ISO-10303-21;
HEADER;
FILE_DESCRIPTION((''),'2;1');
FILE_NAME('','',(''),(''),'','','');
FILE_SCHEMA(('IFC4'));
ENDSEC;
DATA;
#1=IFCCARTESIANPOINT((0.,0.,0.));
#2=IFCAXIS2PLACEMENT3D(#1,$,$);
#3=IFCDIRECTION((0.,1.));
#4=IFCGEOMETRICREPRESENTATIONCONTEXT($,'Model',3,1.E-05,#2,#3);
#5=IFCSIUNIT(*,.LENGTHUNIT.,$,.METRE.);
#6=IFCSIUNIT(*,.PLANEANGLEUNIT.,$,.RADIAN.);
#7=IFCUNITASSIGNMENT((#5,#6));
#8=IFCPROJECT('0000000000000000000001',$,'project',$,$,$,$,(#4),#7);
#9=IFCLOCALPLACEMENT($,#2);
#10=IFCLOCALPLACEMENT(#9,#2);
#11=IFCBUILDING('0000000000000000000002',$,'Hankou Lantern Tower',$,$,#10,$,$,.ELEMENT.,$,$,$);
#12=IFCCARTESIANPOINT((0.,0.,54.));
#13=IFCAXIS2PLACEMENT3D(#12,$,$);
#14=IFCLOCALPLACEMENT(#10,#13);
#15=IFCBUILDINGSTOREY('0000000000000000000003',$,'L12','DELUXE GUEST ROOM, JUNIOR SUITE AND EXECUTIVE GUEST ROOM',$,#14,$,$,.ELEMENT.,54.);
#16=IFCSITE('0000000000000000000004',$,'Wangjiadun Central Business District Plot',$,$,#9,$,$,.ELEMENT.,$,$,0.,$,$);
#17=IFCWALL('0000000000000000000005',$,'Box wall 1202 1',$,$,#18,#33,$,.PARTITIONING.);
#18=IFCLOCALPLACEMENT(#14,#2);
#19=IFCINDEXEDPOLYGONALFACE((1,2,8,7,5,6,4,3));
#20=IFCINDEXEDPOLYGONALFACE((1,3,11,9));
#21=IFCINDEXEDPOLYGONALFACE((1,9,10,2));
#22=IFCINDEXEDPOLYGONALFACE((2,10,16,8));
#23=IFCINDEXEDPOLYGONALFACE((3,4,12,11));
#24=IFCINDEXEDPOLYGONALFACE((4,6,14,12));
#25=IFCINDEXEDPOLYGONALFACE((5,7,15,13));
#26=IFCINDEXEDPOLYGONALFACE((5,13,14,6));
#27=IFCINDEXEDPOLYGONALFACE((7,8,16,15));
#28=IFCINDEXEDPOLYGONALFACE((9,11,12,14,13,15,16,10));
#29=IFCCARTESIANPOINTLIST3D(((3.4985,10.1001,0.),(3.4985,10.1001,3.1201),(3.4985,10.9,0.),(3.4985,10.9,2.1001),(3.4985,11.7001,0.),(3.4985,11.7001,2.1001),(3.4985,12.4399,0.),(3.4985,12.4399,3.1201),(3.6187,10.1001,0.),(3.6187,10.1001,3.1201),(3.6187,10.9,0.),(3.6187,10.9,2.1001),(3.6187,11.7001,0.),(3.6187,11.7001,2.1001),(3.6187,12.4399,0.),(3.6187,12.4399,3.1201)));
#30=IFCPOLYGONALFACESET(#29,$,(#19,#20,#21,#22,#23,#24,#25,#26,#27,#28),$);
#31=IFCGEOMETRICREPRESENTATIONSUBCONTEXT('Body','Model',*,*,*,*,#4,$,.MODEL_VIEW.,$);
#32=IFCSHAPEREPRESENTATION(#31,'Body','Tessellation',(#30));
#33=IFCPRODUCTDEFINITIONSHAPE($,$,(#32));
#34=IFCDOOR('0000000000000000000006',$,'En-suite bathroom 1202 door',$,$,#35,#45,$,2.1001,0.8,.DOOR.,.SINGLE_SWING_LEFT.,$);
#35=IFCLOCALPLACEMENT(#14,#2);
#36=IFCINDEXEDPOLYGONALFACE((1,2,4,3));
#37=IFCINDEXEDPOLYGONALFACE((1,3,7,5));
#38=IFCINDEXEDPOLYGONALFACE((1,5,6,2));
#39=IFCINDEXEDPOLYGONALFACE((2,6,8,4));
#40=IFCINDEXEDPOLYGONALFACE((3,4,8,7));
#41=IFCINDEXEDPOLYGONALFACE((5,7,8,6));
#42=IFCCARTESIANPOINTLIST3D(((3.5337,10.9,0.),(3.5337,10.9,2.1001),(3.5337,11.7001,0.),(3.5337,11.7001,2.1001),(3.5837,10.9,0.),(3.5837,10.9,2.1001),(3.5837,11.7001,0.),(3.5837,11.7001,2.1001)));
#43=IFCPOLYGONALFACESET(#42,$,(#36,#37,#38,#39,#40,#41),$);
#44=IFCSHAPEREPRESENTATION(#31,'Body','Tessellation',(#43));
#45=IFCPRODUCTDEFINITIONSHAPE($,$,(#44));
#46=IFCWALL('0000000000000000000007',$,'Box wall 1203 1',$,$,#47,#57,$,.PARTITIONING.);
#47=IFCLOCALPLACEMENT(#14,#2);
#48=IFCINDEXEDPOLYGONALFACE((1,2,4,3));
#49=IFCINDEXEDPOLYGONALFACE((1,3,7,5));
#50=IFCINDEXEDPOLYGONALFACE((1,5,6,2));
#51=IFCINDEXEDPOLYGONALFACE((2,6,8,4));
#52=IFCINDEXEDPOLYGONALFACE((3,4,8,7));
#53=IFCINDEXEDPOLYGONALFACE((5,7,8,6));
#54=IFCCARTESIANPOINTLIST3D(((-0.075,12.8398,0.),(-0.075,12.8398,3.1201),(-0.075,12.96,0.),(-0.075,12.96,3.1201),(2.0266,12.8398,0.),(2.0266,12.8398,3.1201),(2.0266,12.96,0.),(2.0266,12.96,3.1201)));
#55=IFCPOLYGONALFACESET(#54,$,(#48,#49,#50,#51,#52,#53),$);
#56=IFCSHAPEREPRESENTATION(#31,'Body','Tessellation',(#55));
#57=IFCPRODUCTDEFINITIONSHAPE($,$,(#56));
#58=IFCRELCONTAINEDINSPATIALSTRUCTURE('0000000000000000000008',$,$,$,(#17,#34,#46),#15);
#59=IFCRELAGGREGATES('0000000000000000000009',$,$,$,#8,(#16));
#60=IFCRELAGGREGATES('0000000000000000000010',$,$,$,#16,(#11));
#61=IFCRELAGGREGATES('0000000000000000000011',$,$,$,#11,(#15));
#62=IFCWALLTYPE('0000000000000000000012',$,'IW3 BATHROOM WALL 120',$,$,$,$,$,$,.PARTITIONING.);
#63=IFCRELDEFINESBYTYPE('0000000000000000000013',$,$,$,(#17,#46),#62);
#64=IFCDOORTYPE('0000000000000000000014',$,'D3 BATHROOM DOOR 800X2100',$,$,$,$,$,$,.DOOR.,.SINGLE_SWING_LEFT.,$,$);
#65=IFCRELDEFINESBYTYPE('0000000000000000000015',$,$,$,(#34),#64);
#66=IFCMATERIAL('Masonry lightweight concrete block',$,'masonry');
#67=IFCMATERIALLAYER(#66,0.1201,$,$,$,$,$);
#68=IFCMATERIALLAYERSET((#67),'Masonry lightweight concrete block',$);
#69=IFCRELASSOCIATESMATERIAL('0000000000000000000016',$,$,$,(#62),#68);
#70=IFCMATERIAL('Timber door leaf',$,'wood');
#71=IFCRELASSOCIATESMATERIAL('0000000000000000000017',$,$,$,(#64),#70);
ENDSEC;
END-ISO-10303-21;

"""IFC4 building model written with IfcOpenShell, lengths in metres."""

from ifc_helpers import new_model, si_unit, direction, frame, frame_2d, origin, place, context, subcontext, project, spatial, rectangle, extrude, material, layer, layer_set, type_object, element, fill, save


model = new_model("IFC4")

# Units and contexts
model_context = context("Model", 3, precision=1e-05, world=origin(), true_north=direction((0.0, 1.0)))
body_context = subcontext(model_context, "Body", "Model", "MODEL_VIEW")
ifc_project = project(units=[si_unit("LENGTHUNIT", "METRE"), si_unit("PLANEANGLEUNIT", "RADIAN")], contexts=[model_context])

# Site, building, storey
site_placement = place(None, origin())
site = spatial("IfcSite", under=ifc_project, at=site_placement, Name="Wangjiadun Central Business District Plot", CompositionType="ELEMENT", RefElevation=0.0)
building_placement = place(site_placement, origin())
building = spatial("IfcBuilding", under=site, at=building_placement, Name="Hankou Lantern Tower", CompositionType="ELEMENT")
storey_placement = place(building_placement, frame((0.0, 0.0, 54.0)))
storey = spatial("IfcBuildingStorey", under=building, at=storey_placement, Name="L12", Description="DELUXE GUEST ROOM, JUNIOR SUITE AND EXECUTIVE GUEST ROOM", CompositionType="ELEMENT", Elevation=54.0)

# Shared definitions
ifc_material_1 = material(Name="Masonry lightweight concrete block", Category="masonry")
ifc_layer_1 = layer(ifc_material_1, 0.1201)
ifc_layer_set_1 = layer_set([ifc_layer_1], Name="Masonry lightweight concrete block")
wall_type_1 = type_object("IfcWallType", Name="IW3 BATHROOM WALL 120", PredefinedType="PARTITIONING", material=ifc_layer_set_1)
ifc_material_2 = material(Name="Timber door leaf", Category="wood")
door_type_1 = type_object("IfcDoorType", Name="D3 BATHROOM DOOR 800X2100", OperationType="SINGLE_SWING_LEFT", PredefinedType="DOOR", material=ifc_material_2)

# Wall, opening, door
wall_1_placement = place(storey_placement, frame((3.5586, 10.1001, 0.0), z_axis=(0.0, 0.0, 1.0), x_axis=(0.0, 1.0, 0.0)))
wall_1 = element("IfcWall", 1, at=wall_1_placement, inside=storey, type_object=wall_type_1, Name="Box wall 1202 1", PredefinedType="PARTITIONING", context=body_context, shape_type="SweptSolid", body=[
    extrude(rectangle(XDim=2.3398, YDim=0.1201, at=frame_2d((1.1699, 0.0))), origin(), (0.0, 0.0, 1.0), 3.1201),
])
opening_1_placement = place(wall_1_placement, frame((0.8, 0.0, 0.0)))
opening_1 = element("IfcOpeningElement", 2, at=opening_1_placement, cuts=wall_1, PredefinedType="OPENING", context=body_context, shape_type="SweptSolid", body=[
    extrude(rectangle(XDim=0.8, YDim=2.1001, at=frame_2d((0.3999, 1.05))), frame((0.0, 0.0701, 0.0), z_axis=(0.0, -1.0, 0.0), x_axis=(1.0, 0.0, 0.0)), (0.0, 0.0, 1.0), 0.1401),
])
door_1_placement = place(opening_1_placement, origin())
door_1 = element("IfcDoor", 3, at=door_1_placement, inside=storey, type_object=door_type_1, Name="En-suite bathroom 1202 door", OperationType="SINGLE_SWING_LEFT", OverallHeight=2.1001, OverallWidth=0.8, PredefinedType="DOOR", context=body_context, shape_type="SweptSolid", body=[
    extrude(rectangle(XDim=0.8, YDim=2.1001, at=frame_2d((0.3999, 1.05))), frame((0.0, 0.0249, 0.0), z_axis=(0.0, -1.0, 0.0), x_axis=(1.0, 0.0, 0.0)), (0.0, 0.0, 1.0), 0.05),
])
fill(opening_1, door_1)

# Wall
wall_2_placement = place(storey_placement, frame((2.0266, 12.8999, 0.0), z_axis=(0.0, 0.0, 1.0), x_axis=(-1.0, 0.0, 0.0)))
element("IfcWall", 4, at=wall_2_placement, inside=storey, type_object=wall_type_1, Name="Box wall 1203 1", PredefinedType="PARTITIONING", context=body_context, shape_type="SweptSolid", body=[
    extrude(rectangle(XDim=2.1016, YDim=0.1201, at=frame_2d((1.0508, 0.0))), origin(), (0.0, 0.0, 1.0), 3.1201),
])

save(model, "model.ifc")
